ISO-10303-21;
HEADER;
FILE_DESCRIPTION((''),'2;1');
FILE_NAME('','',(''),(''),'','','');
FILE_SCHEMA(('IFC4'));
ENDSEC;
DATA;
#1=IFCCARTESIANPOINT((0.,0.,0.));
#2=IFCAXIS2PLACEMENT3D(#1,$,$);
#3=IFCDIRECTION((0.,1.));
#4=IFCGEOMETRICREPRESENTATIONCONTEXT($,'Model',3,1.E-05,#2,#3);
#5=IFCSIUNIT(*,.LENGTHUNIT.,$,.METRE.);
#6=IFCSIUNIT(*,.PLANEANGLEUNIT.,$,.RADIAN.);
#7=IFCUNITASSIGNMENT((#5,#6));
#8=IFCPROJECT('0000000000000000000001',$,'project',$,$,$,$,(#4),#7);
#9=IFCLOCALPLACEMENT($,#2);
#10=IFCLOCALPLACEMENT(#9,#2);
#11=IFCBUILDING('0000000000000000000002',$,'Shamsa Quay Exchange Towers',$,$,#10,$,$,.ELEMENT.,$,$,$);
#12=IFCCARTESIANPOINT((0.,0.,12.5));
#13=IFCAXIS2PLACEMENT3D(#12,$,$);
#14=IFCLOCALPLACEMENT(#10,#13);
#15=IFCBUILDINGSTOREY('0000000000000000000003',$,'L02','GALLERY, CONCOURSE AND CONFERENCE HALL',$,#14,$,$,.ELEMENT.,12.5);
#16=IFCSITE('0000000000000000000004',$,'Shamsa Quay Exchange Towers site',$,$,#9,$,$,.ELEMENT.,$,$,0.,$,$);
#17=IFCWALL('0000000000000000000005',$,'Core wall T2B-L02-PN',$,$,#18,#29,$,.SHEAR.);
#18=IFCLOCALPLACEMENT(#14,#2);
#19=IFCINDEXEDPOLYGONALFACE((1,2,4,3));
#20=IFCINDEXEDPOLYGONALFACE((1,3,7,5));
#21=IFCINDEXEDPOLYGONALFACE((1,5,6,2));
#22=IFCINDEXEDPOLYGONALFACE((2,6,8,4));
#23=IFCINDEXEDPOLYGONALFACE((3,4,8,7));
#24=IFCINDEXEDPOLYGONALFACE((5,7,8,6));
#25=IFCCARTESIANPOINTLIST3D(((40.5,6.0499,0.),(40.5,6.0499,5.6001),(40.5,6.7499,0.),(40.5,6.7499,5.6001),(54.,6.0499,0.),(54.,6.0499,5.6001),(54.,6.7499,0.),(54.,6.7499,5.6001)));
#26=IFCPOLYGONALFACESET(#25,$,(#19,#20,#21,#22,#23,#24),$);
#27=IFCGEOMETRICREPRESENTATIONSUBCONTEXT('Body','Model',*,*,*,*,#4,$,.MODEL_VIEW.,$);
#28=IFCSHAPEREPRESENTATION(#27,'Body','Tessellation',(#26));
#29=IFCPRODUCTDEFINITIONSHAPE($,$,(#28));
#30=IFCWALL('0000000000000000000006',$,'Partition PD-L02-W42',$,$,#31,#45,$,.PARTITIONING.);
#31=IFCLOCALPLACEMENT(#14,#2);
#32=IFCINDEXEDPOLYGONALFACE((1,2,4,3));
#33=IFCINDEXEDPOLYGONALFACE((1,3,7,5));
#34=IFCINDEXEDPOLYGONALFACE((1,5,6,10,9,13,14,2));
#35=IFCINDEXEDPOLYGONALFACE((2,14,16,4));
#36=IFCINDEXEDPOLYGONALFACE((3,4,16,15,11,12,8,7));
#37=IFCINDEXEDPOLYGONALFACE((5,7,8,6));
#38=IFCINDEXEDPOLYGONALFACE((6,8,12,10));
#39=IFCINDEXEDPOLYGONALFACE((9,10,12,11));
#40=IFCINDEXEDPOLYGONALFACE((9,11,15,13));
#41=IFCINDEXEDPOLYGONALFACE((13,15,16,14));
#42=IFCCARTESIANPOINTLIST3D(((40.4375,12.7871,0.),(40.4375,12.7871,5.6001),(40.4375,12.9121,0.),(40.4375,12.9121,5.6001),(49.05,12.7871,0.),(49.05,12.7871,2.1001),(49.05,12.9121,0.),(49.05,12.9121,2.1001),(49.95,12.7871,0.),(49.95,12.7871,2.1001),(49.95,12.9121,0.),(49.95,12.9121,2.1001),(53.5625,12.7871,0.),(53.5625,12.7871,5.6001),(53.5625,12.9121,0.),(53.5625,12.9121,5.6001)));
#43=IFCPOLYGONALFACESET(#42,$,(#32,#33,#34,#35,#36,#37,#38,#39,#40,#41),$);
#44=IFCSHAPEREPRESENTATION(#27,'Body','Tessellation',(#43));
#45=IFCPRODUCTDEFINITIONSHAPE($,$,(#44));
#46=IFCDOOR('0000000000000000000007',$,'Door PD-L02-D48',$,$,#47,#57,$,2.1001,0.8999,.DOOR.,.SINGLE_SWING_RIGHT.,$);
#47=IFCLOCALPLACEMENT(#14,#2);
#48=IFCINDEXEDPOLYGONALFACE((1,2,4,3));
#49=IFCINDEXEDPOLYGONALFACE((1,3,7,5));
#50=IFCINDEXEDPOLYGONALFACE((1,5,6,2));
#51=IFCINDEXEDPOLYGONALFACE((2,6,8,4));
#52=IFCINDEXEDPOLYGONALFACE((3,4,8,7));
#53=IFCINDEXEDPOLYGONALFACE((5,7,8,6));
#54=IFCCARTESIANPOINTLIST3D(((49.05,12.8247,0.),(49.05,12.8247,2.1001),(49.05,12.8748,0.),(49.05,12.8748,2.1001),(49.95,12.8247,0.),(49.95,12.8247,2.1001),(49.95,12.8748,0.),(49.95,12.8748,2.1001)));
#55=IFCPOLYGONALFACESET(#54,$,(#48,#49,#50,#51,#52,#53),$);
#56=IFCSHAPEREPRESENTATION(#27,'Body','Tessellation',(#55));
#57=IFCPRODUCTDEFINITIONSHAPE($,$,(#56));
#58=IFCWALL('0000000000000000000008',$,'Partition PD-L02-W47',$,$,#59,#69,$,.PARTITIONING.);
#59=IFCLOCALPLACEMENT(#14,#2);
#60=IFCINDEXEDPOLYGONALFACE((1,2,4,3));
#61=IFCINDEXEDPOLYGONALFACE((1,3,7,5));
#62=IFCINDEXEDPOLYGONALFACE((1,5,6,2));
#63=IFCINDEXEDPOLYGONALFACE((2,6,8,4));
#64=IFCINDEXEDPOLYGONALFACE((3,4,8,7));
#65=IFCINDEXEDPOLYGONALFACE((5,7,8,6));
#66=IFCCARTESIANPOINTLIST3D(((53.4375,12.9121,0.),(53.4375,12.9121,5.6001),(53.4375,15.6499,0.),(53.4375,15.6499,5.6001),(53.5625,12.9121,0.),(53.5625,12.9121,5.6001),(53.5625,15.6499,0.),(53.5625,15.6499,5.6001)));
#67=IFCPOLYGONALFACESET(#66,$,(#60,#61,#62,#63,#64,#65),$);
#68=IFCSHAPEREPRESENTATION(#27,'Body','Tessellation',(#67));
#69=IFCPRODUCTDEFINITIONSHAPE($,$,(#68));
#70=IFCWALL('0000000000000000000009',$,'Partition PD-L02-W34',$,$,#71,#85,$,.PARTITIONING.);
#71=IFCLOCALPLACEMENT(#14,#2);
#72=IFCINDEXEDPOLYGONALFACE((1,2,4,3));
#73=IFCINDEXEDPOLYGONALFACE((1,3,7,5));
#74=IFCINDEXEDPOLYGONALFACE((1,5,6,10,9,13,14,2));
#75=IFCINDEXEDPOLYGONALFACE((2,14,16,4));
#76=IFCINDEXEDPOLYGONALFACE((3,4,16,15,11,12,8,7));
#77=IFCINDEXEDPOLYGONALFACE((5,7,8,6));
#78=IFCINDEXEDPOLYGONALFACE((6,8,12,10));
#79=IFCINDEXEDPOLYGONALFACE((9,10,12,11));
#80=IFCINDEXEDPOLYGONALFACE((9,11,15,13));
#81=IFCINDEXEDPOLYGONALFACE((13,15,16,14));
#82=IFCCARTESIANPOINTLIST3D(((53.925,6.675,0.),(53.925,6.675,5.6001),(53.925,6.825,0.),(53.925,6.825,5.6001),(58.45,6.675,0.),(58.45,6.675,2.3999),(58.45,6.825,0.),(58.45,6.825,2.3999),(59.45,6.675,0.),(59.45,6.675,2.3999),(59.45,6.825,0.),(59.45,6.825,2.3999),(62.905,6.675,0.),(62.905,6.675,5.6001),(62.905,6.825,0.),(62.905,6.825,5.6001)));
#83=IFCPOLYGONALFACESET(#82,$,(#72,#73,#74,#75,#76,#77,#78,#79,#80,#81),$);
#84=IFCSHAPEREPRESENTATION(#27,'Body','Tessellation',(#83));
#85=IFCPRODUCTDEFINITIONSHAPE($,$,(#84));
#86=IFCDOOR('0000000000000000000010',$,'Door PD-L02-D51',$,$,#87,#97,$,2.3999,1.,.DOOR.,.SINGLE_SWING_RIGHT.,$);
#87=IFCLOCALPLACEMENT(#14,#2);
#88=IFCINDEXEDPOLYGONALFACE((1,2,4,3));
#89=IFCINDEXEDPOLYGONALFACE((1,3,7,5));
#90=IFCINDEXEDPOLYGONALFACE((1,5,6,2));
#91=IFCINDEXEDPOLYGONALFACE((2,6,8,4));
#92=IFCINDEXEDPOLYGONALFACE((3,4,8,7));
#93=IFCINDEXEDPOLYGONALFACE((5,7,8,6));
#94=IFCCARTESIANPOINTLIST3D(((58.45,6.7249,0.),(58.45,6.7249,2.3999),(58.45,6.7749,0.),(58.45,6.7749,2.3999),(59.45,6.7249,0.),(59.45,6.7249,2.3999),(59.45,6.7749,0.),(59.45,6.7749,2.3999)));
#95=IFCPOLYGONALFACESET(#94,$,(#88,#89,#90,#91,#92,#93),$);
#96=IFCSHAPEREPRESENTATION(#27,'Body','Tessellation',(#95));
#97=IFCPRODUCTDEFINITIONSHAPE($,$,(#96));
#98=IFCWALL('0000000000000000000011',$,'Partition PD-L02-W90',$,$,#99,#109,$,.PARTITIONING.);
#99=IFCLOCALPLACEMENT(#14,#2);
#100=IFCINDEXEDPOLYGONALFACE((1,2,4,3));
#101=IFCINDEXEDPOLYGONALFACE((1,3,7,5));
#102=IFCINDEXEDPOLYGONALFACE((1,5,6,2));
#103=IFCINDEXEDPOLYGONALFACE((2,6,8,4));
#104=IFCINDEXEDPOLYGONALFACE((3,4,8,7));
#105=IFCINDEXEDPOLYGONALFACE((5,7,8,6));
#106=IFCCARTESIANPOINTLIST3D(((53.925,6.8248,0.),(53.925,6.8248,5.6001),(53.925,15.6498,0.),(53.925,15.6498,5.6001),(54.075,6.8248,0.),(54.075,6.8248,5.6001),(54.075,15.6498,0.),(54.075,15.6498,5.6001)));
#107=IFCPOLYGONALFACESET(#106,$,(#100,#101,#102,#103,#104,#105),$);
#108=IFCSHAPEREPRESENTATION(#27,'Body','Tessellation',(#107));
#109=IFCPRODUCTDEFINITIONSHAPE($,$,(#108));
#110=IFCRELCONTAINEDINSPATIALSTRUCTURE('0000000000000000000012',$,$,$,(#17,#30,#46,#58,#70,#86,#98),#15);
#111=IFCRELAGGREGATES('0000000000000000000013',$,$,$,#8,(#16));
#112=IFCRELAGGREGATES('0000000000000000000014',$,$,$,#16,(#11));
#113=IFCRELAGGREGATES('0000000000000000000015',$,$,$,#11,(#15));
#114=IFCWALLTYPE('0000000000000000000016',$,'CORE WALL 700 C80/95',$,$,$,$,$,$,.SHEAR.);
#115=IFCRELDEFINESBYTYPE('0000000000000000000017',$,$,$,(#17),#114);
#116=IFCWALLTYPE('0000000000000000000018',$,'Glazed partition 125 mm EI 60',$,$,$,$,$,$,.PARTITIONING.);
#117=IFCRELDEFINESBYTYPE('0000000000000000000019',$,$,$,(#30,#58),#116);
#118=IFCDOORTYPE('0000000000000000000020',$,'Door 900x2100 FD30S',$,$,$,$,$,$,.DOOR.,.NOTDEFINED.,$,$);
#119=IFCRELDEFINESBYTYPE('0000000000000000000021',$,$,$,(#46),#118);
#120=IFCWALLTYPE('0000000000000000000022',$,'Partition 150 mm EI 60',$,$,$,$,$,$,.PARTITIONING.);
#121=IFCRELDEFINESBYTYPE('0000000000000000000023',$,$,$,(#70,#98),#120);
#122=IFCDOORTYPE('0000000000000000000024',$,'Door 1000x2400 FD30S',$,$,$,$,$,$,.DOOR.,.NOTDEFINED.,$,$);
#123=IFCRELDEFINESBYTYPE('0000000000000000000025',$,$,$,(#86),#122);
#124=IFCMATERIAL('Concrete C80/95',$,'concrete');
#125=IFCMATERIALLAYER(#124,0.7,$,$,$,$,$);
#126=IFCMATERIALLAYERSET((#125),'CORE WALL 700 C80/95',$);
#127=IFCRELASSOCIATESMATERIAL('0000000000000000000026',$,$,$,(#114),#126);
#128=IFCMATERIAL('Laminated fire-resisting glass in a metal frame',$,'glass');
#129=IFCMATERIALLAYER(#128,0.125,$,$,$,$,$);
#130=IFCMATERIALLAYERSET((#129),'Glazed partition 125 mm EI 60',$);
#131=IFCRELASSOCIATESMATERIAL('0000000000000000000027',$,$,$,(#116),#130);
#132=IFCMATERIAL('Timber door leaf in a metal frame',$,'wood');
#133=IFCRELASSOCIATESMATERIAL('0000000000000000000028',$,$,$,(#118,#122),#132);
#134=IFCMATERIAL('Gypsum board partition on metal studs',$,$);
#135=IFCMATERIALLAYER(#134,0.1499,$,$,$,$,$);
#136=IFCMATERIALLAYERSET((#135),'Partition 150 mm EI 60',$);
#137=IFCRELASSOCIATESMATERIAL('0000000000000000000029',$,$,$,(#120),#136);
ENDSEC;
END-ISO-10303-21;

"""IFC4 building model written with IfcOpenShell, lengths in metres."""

from ifc_helpers import new_model, si_unit, direction, frame, frame_2d, origin, place, context, subcontext, project, spatial, rectangle, extrude, material, layer, layer_set, type_object, element, fill, save


model = new_model("IFC4")

# Units and contexts
model_context = context("Model", 3, precision=1e-05, world=origin(), true_north=direction((0.0, 1.0)))
body_context = subcontext(model_context, "Body", "Model", "MODEL_VIEW")
ifc_project = project(units=[si_unit("LENGTHUNIT", "METRE"), si_unit("PLANEANGLEUNIT", "RADIAN")], contexts=[model_context])

# Site, building, storey
site_placement = place(None, origin())
site = spatial("IfcSite", under=ifc_project, at=site_placement, Name="Shamsa Quay Exchange Towers site", CompositionType="ELEMENT", RefElevation=0.0)
building_placement = place(site_placement, origin())
building = spatial("IfcBuilding", under=site, at=building_placement, Name="Shamsa Quay Exchange Towers", CompositionType="ELEMENT")
storey_placement = place(building_placement, frame((0.0, 0.0, 12.5)))
storey = spatial("IfcBuildingStorey", under=building, at=storey_placement, Name="L02", Description="GALLERY, CONCOURSE AND CONFERENCE HALL", CompositionType="ELEMENT", Elevation=12.5)

# Wall
ifc_material_1 = material(Name="Concrete C80/95", Category="concrete")
ifc_layer_1 = layer(ifc_material_1, 0.7)
ifc_layer_set_1 = layer_set([ifc_layer_1], Name="CORE WALL 700 C80/95")
wall_type_1 = type_object("IfcWallType", Name="CORE WALL 700 C80/95", PredefinedType="SHEAR", material=ifc_layer_set_1)
wall_1_placement = place(storey_placement, frame((54.0, 6.3999, 0.0), z_axis=(0.0, 0.0, 1.0), x_axis=(-1.0, 0.0, 0.0)))
element("IfcWall", 1, at=wall_1_placement, inside=storey, type_object=wall_type_1, Name="Core wall T2B-L02-PN", PredefinedType="SHEAR", context=body_context, shape_type="SweptSolid", body=[
    extrude(rectangle(XDim=13.5, YDim=0.7, at=frame_2d((6.75, 0.0))), origin(), (0.0, 0.0, 1.0), 5.6001),
])

# Wall, opening, door
ifc_material_2 = material(Name="Laminated fire-resisting glass in a metal frame", Category="glass")
ifc_layer_2 = layer(ifc_material_2, 0.125)
ifc_layer_set_2 = layer_set([ifc_layer_2], Name="Glazed partition 125 mm EI 60")
wall_type_2 = type_object("IfcWallType", Name="Glazed partition 125 mm EI 60", PredefinedType="PARTITIONING", material=ifc_layer_set_2)
wall_2_placement = place(storey_placement, frame((53.5625, 12.8496, 0.0), z_axis=(0.0, 0.0, 1.0), x_axis=(-1.0, 0.0, 0.0)))
wall_2 = element("IfcWall", 2, at=wall_2_placement, inside=storey, type_object=wall_type_2, Name="Partition PD-L02-W42", PredefinedType="PARTITIONING", context=body_context, shape_type="SweptSolid", body=[
    extrude(rectangle(XDim=13.125, YDim=0.125, at=frame_2d((6.5625, 0.0))), origin(), (0.0, 0.0, 1.0), 5.6001),
])
opening_1_placement = place(wall_2_placement, frame((3.6125, 0.0, 0.0)))
opening_1 = element("IfcOpeningElement", 3, at=opening_1_placement, cuts=wall_2, PredefinedType="OPENING", context=body_context, shape_type="SweptSolid", body=[
    extrude(rectangle(XDim=0.8999, YDim=2.1001, at=frame_2d((0.45, 1.05))), frame((0.0, 0.0725, 0.0), z_axis=(0.0, -1.0, 0.0), x_axis=(1.0, 0.0, 0.0)), (0.0, 0.0, 1.0), 0.145),
])
ifc_material_3 = material(Name="Timber door leaf in a metal frame", Category="wood")
door_type_1 = type_object("IfcDoorType", Name="Door 900x2100 FD30S", OperationType="NOTDEFINED", PredefinedType="DOOR", material=ifc_material_3)
door_1_placement = place(opening_1_placement, origin())
door_1 = element("IfcDoor", 4, at=door_1_placement, inside=storey, type_object=door_type_1, Name="Door PD-L02-D48", OperationType="SINGLE_SWING_RIGHT", OverallHeight=2.1001, OverallWidth=0.8999, PredefinedType="DOOR", context=body_context, shape_type="SweptSolid", body=[
    extrude(rectangle(XDim=0.8999, YDim=2.1001, at=frame_2d((0.45, 1.05))), frame((0.0, 0.0249, 0.0), z_axis=(0.0, -1.0, 0.0), x_axis=(1.0, 0.0, 0.0)), (0.0, 0.0, 1.0), 0.05),
])
fill(opening_1, door_1)

# Wall
wall_3_placement = place(storey_placement, frame((53.5, 15.6499, 0.0), z_axis=(0.0, 0.0, 1.0), x_axis=(0.0, -1.0, 0.0)))
element("IfcWall", 5, at=wall_3_placement, inside=storey, type_object=wall_type_2, Name="Partition PD-L02-W47", PredefinedType="PARTITIONING", context=body_context, shape_type="SweptSolid", body=[
    extrude(rectangle(XDim=2.7378, YDim=0.125, at=frame_2d((1.3689, 0.0))), origin(), (0.0, 0.0, 1.0), 5.6001),
])

# Wall, opening, door
ifc_material_4 = material(Name="Gypsum board partition on metal studs")
ifc_layer_3 = layer(ifc_material_4, 0.1499)
ifc_layer_set_3 = layer_set([ifc_layer_3], Name="Partition 150 mm EI 60")
wall_type_3 = type_object("IfcWallType", Name="Partition 150 mm EI 60", PredefinedType="PARTITIONING", material=ifc_layer_set_3)
wall_4_placement = place(storey_placement, frame((53.925, 6.75, 0.0)))
wall_4 = element("IfcWall", 6, at=wall_4_placement, inside=storey, type_object=wall_type_3, Name="Partition PD-L02-W34", PredefinedType="PARTITIONING", context=body_context, shape_type="SweptSolid", body=[
    extrude(rectangle(XDim=8.98, YDim=0.1499, at=frame_2d((4.49, 0.0))), origin(), (0.0, 0.0, 1.0), 5.6001),
])
opening_2_placement = place(wall_4_placement, frame((4.5249, 0.0, 0.0)))
opening_2 = element("IfcOpeningElement", 7, at=opening_2_placement, cuts=wall_4, PredefinedType="OPENING", context=body_context, shape_type="SweptSolid", body=[
    extrude(rectangle(XDim=1.0, YDim=2.3999, at=frame_2d((0.5, 1.2))), frame((0.0, 0.085, 0.0), z_axis=(0.0, -1.0, 0.0), x_axis=(1.0, 0.0, 0.0)), (0.0, 0.0, 1.0), 0.1699),
])
door_type_2 = type_object("IfcDoorType", Name="Door 1000x2400 FD30S", OperationType="NOTDEFINED", PredefinedType="DOOR", material=ifc_material_3)
door_2_placement = place(opening_2_placement, origin())
door_2 = element("IfcDoor", 8, at=door_2_placement, inside=storey, type_object=door_type_2, Name="Door PD-L02-D51", OperationType="SINGLE_SWING_RIGHT", OverallHeight=2.3999, OverallWidth=1.0, PredefinedType="DOOR", context=body_context, shape_type="SweptSolid", body=[
    extrude(rectangle(XDim=1.0, YDim=2.3999, at=frame_2d((0.5, 1.2))), frame((0.0, 0.0249, 0.0), z_axis=(0.0, -1.0, 0.0), x_axis=(1.0, 0.0, 0.0)), (0.0, 0.0, 1.0), 0.05),
])
fill(opening_2, door_2)

# Wall
wall_5_placement = place(storey_placement, frame((54.0, 15.6499, 0.0), z_axis=(0.0, 0.0, 1.0), x_axis=(0.0, -1.0, 0.0)))
element("IfcWall", 9, at=wall_5_placement, inside=storey, type_object=wall_type_3, Name="Partition PD-L02-W90", PredefinedType="PARTITIONING", context=body_context, shape_type="SweptSolid", body=[
    extrude(rectangle(XDim=8.825, YDim=0.1499, at=frame_2d((4.4126, 0.0))), origin(), (0.0, 0.0, 1.0), 5.6001),
])

save(model, "model.ifc")
